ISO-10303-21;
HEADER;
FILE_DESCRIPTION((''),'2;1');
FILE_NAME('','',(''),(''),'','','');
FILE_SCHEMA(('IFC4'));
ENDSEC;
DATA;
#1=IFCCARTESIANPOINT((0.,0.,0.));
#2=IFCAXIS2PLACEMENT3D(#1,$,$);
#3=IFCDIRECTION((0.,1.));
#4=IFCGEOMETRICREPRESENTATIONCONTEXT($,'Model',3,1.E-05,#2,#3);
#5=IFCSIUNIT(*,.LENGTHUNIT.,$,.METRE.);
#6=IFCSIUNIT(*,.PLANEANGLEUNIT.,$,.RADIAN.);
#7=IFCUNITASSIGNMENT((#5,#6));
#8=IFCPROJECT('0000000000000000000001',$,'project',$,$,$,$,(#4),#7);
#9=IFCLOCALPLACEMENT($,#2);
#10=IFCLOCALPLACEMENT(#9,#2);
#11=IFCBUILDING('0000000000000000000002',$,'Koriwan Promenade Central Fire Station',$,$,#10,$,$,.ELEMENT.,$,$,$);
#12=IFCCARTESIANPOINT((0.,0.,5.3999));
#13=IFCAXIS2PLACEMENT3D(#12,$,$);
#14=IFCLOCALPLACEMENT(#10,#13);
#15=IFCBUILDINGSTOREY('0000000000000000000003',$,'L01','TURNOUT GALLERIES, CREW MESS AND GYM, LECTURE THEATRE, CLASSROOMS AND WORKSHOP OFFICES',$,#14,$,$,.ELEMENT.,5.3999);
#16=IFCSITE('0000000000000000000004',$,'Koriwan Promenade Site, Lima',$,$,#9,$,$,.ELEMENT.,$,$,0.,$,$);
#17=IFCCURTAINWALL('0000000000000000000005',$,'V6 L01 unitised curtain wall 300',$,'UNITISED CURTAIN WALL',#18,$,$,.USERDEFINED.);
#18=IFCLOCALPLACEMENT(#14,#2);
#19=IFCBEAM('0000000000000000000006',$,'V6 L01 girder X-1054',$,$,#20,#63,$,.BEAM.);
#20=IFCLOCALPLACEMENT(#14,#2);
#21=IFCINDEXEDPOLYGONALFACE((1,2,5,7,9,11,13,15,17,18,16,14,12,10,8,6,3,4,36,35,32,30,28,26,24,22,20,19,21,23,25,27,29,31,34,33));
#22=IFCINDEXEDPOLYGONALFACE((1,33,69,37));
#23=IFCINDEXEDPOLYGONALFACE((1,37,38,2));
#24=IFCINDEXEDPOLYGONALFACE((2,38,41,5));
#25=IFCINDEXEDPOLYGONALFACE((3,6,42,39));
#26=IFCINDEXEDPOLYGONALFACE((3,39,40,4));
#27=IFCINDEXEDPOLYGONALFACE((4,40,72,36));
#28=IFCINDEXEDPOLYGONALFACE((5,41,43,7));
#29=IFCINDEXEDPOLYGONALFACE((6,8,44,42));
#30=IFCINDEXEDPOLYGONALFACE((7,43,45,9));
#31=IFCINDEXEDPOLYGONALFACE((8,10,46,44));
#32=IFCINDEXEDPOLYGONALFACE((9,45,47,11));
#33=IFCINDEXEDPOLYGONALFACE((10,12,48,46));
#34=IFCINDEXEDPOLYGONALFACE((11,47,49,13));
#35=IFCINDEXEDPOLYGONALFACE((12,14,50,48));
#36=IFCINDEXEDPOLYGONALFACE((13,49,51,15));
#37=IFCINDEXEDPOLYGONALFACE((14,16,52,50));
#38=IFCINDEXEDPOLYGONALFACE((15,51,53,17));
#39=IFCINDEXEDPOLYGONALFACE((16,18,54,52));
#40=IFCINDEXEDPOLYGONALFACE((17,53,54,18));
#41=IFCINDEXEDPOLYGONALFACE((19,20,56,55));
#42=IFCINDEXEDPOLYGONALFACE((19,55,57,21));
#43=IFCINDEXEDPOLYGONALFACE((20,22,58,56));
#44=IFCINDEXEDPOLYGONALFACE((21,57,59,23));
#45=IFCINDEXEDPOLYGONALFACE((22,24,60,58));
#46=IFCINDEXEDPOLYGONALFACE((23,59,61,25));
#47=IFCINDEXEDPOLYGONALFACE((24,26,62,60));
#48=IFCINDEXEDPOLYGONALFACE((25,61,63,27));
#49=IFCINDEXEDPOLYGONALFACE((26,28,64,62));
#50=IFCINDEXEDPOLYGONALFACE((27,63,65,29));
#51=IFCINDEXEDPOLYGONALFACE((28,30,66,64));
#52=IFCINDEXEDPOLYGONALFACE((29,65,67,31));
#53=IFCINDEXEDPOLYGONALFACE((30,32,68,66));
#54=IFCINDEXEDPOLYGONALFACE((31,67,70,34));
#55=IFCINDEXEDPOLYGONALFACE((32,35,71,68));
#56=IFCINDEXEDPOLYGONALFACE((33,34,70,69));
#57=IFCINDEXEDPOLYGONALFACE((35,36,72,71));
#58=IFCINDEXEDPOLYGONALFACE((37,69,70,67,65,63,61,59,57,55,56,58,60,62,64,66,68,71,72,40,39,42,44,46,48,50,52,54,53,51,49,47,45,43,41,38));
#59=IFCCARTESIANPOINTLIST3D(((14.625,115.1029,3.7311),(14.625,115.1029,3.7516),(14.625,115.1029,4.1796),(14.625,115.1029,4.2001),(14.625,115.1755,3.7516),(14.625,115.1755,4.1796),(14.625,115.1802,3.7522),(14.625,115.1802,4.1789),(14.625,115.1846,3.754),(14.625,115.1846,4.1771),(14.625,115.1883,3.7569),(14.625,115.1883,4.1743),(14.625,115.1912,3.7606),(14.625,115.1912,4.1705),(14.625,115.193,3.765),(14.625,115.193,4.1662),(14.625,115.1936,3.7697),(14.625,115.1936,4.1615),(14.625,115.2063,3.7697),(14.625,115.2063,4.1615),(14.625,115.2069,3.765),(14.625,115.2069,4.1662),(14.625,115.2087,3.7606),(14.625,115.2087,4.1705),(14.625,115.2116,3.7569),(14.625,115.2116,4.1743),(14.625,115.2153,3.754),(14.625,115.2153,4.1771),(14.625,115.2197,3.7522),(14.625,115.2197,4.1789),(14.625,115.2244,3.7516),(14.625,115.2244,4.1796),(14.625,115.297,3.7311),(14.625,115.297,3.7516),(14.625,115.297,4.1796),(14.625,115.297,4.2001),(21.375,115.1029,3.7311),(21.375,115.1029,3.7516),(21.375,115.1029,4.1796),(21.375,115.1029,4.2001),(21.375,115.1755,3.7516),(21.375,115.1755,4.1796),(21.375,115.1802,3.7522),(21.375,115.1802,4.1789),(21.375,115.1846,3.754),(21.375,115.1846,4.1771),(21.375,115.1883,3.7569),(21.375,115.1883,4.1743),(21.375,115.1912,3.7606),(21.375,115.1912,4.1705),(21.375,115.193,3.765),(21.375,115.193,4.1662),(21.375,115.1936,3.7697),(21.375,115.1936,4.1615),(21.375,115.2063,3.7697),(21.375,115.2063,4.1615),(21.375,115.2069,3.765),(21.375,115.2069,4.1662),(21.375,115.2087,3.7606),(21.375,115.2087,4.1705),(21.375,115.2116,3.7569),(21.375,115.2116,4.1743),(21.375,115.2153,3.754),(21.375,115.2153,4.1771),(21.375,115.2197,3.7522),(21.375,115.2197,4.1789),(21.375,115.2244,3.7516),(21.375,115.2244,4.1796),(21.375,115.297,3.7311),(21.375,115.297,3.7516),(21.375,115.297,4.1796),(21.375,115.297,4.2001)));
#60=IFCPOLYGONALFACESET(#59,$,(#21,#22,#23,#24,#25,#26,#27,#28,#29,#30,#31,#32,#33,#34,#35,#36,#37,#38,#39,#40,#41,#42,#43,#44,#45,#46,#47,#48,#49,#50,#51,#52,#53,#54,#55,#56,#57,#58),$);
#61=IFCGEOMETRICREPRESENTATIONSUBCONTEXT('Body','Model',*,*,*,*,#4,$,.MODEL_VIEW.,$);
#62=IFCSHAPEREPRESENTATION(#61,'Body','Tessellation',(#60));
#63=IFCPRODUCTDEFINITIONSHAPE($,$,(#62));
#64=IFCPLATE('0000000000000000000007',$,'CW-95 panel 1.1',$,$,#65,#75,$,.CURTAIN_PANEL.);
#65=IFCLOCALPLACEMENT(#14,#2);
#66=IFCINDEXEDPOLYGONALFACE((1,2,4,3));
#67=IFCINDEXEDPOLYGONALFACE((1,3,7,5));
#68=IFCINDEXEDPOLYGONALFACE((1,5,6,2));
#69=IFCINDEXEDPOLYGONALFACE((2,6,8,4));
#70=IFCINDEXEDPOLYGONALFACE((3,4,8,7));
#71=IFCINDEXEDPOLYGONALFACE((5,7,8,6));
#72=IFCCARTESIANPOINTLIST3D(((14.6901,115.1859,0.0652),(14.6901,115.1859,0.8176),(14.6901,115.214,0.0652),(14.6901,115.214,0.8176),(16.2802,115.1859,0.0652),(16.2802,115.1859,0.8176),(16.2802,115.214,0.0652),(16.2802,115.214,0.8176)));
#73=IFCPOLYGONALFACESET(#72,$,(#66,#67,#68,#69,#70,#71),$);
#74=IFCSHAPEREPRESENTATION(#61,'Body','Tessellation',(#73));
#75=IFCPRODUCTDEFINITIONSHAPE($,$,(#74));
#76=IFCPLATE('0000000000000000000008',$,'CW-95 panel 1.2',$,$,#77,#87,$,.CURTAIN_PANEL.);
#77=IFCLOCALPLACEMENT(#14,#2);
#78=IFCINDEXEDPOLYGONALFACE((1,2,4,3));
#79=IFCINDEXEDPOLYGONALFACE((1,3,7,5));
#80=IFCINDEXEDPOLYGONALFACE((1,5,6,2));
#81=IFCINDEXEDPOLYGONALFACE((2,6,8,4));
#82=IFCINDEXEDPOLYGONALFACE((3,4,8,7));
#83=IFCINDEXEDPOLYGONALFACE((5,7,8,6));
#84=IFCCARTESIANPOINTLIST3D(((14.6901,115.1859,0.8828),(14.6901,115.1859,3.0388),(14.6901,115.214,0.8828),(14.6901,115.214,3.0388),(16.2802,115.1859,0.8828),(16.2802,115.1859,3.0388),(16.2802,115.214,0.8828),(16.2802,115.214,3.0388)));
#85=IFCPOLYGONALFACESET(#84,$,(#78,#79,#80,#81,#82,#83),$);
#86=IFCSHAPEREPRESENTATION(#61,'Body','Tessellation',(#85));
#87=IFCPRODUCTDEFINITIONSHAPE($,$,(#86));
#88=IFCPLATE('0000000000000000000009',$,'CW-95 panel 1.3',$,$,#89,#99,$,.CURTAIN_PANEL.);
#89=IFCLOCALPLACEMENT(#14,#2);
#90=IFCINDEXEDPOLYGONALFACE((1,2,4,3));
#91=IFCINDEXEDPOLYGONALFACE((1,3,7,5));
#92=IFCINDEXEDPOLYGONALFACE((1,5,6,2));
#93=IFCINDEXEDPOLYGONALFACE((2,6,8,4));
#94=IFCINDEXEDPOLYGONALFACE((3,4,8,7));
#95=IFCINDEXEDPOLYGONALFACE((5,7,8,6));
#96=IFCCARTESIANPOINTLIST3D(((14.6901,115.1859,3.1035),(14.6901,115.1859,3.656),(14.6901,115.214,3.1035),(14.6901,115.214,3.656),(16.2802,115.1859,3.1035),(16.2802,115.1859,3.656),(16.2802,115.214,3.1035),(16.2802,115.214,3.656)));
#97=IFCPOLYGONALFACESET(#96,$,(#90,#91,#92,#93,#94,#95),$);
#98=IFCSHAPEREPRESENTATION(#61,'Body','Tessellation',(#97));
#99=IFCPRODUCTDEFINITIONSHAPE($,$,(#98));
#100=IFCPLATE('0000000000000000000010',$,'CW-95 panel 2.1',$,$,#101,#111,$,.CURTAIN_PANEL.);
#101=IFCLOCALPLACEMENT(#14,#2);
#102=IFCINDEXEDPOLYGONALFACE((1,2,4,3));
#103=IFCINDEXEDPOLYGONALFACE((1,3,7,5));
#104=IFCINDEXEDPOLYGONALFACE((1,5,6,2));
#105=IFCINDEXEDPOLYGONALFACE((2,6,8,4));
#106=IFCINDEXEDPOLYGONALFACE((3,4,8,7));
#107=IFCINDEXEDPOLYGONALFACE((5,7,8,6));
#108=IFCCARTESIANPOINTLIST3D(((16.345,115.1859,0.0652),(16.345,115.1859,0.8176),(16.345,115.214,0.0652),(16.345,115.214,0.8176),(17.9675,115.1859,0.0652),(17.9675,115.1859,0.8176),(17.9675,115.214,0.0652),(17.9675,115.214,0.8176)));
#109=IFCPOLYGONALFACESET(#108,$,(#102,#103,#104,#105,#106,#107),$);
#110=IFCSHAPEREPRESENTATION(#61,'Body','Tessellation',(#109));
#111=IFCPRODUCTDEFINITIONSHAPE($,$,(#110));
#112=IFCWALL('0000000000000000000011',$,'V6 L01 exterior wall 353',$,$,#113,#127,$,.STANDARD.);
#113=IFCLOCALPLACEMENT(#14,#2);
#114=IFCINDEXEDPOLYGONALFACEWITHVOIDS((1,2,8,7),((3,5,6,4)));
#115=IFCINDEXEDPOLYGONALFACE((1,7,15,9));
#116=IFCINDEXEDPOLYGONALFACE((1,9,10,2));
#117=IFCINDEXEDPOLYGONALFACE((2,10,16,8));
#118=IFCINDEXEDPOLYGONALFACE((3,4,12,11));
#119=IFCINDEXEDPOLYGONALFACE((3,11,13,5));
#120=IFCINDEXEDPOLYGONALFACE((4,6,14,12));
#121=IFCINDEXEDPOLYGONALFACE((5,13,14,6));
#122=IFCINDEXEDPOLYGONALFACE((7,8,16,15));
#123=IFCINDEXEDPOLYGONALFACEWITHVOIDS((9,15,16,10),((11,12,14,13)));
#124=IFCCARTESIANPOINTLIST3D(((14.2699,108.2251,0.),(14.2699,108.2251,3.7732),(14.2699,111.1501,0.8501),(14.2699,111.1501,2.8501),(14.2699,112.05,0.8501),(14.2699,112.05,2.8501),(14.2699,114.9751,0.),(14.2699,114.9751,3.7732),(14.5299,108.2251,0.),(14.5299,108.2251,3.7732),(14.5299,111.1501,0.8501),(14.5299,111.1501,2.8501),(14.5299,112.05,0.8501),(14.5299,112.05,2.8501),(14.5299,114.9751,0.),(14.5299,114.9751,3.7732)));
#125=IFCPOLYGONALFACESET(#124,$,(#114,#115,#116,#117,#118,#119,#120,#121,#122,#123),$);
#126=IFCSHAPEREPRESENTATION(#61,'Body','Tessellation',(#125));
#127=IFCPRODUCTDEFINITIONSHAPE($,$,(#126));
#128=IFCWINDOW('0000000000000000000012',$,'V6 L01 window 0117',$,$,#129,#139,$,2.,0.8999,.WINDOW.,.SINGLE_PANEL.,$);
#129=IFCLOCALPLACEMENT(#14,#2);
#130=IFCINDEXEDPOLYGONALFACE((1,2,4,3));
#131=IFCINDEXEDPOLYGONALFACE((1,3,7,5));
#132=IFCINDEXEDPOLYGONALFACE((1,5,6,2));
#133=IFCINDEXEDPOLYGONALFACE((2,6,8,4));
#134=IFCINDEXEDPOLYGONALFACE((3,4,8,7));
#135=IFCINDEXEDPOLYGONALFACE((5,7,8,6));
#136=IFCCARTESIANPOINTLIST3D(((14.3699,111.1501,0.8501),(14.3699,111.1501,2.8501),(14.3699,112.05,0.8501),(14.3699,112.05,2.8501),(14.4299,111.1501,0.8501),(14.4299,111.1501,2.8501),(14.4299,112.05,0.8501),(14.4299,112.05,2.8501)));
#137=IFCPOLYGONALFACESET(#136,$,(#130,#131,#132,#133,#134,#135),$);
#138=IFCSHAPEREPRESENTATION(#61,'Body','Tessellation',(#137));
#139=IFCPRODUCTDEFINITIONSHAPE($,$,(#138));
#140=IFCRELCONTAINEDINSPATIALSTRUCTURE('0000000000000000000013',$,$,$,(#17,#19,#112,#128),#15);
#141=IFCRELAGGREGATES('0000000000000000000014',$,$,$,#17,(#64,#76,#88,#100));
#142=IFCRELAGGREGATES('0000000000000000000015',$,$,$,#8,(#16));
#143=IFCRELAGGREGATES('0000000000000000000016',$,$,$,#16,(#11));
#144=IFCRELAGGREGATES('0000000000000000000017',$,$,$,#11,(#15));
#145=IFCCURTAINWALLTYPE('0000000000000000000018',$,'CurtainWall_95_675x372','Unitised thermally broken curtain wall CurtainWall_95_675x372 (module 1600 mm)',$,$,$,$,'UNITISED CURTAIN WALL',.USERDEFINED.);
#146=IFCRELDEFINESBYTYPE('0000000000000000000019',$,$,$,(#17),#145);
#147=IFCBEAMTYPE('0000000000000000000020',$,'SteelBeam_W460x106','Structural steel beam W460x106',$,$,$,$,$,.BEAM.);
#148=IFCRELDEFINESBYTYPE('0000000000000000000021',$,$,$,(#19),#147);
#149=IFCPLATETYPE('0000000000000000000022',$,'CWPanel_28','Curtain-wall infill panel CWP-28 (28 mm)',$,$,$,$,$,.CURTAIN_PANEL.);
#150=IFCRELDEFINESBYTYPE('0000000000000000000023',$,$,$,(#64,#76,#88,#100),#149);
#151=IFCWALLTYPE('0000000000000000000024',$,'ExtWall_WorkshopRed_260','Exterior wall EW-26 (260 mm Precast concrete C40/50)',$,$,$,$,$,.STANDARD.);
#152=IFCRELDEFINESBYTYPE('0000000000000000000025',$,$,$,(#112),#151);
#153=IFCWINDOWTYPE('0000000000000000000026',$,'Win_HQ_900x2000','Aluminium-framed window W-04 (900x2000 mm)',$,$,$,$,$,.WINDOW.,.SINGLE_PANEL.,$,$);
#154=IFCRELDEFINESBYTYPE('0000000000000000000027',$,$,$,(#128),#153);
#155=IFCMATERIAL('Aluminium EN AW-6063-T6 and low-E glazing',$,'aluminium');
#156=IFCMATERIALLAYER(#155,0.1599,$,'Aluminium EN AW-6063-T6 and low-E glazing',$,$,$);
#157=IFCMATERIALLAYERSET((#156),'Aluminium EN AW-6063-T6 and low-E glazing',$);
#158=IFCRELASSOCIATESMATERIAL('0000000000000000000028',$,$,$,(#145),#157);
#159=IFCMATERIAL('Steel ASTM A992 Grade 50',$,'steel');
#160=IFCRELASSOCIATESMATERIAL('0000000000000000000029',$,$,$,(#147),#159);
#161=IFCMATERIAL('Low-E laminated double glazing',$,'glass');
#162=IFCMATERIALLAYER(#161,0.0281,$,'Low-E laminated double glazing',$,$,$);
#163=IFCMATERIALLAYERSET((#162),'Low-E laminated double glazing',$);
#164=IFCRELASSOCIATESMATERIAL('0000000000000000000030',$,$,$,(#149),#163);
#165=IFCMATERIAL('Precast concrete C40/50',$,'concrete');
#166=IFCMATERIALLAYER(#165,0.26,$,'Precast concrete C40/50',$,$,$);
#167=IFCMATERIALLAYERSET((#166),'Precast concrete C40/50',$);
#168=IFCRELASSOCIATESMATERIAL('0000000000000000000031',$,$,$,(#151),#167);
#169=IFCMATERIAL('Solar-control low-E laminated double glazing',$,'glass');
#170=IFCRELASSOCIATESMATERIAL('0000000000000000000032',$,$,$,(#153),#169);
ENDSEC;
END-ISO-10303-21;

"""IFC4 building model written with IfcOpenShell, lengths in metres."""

from ifc_helpers import new_model, si_unit, direction, frame, frame_2d, origin, origin_2d, place, context, subcontext, project, spatial, rectangle, i_section, extrude, material, layer, layer_set, material_profile, profile_set, type_object, element, fill, aggregate, save


model = new_model("IFC4")

# Units and contexts
model_context = context("Model", 3, precision=1e-05, world=origin(), true_north=direction((0.0, 1.0)))
body_context = subcontext(model_context, "Body", "Model", "MODEL_VIEW")
ifc_project = project(units=[si_unit("LENGTHUNIT", "METRE"), si_unit("PLANEANGLEUNIT", "RADIAN")], contexts=[model_context])

# Site, building, storey
site_placement = place(None, origin())
site = spatial("IfcSite", under=ifc_project, at=site_placement, Name="Koriwan Promenade Site, Lima", CompositionType="ELEMENT", RefElevation=0.0)
building_placement = place(site_placement, origin())
building = spatial("IfcBuilding", under=site, at=building_placement, Name="Koriwan Promenade Central Fire Station", CompositionType="ELEMENT")
storey_placement = place(building_placement, frame((0.0, 0.0, 5.3999)))
storey = spatial("IfcBuildingStorey", under=building, at=storey_placement, Name="L01", Description="TURNOUT GALLERIES, CREW MESS AND GYM, LECTURE THEATRE, CLASSROOMS AND WORKSHOP OFFICES", CompositionType="ELEMENT", Elevation=5.3999)

# Curtain wall
ifc_material_1 = material(Name="Aluminium EN AW-6063-T6 and low-E glazing", Category="aluminium")
ifc_layer_1 = layer(ifc_material_1, 0.1599, Name="Aluminium EN AW-6063-T6 and low-E glazing")
ifc_layer_set_1 = layer_set([ifc_layer_1], Name="Aluminium EN AW-6063-T6 and low-E glazing")
curtain_wall_type = type_object("IfcCurtainWallType", Name="CurtainWall_95_675x372", Description="Unitised thermally broken curtain wall CurtainWall_95_675x372 (module 1600 mm)", ElementType="UNITISED CURTAIN WALL", PredefinedType="USERDEFINED", material=ifc_layer_set_1)
curtain_wall_placement = place(storey_placement, origin())
curtain_wall = element("IfcCurtainWall", 1, at=curtain_wall_placement, inside=storey, type_object=curtain_wall_type, Name="V6 L01 unitised curtain wall 300", ObjectType="UNITISED CURTAIN WALL", PredefinedType="USERDEFINED")

# Beam
ifc_material_2 = material(Name="Steel ASTM A992 Grade 50", Category="steel")
ifc_material_profile_1 = material_profile(ifc_material_2, i_section(OverallWidth=0.1941, OverallDepth=0.469, WebThickness=0.0127, FlangeThickness=0.0205, FilletRadius=0.0181, at=origin_2d()), Name="W460x106")
ifc_profile_set_1 = profile_set([ifc_material_profile_1], Name="Steel ASTM A992 Grade 50")
beam_type = type_object("IfcBeamType", Name="SteelBeam_W460x106", Description="Structural steel beam W460x106", PredefinedType="BEAM", material=ifc_profile_set_1)
beam_placement = place(storey_placement, frame((14.625, 115.2, 3.9656), z_axis=(1.0, 0.0, 0.0), x_axis=(0.0, 1.0, 0.0)))
element("IfcBeam", 2, at=beam_placement, inside=storey, type_object=beam_type, Name="V6 L01 girder X-1054", PredefinedType="BEAM", context=body_context, shape_type="SweptSolid", body=[
    extrude(i_section(OverallWidth=0.1941, OverallDepth=0.469, WebThickness=0.0127, FlangeThickness=0.0205, FilletRadius=0.0181, at=origin_2d()), origin(), (0.0, 0.0, 1.0), 6.75),
])

# Plates
ifc_material_3 = material(Name="Low-E laminated double glazing", Category="glass")
ifc_layer_2 = layer(ifc_material_3, 0.0281, Name="Low-E laminated double glazing")
ifc_layer_set_2 = layer_set([ifc_layer_2], Name="Low-E laminated double glazing")
plate_type = type_object("IfcPlateType", Name="CWPanel_28", Description="Curtain-wall infill panel CWP-28 (28 mm)", PredefinedType="CURTAIN_PANEL", material=ifc_layer_set_2)
plate_1_placement = place(storey_placement, frame((15.4851, 115.2, 0.0652), z_axis=(0.0, 0.0, 1.0), x_axis=(1.0, 0.0, 0.0)))
plate_1 = element("IfcPlate", 3, at=plate_1_placement, type_object=plate_type, Name="CW-95 panel 1.1", PredefinedType="CURTAIN_PANEL", context=body_context, shape_type="SweptSolid", body=[
    extrude(rectangle(XDim=1.5901, YDim=0.0281, at=origin_2d()), origin(), (0.0, 0.0, 1.0), 0.7524),
])
plate_2_placement = place(storey_placement, frame((15.4851, 115.2, 0.8828), z_axis=(0.0, 0.0, 1.0), x_axis=(1.0, 0.0, 0.0)))
plate_2 = element("IfcPlate", 4, at=plate_2_placement, type_object=plate_type, Name="CW-95 panel 1.2", PredefinedType="CURTAIN_PANEL", context=body_context, shape_type="SweptSolid", body=[
    extrude(rectangle(XDim=1.5901, YDim=0.0281, at=origin_2d()), origin(), (0.0, 0.0, 1.0), 2.156),
])
plate_3_placement = place(storey_placement, frame((15.4851, 115.2, 3.1035), z_axis=(0.0, 0.0, 1.0), x_axis=(1.0, 0.0, 0.0)))
plate_3 = element("IfcPlate", 5, at=plate_3_placement, type_object=plate_type, Name="CW-95 panel 1.3", PredefinedType="CURTAIN_PANEL", context=body_context, shape_type="SweptSolid", body=[
    extrude(rectangle(XDim=1.5901, YDim=0.0281, at=origin_2d()), origin(), (0.0, 0.0, 1.0), 0.5525),
])
plate_4_placement = place(storey_placement, frame((17.1562, 115.2, 0.0652), z_axis=(0.0, 0.0, 1.0), x_axis=(1.0, 0.0, 0.0)))
plate_4 = element("IfcPlate", 6, at=plate_4_placement, type_object=plate_type, Name="CW-95 panel 2.1", PredefinedType="CURTAIN_PANEL", context=body_context, shape_type="SweptSolid", body=[
    extrude(rectangle(XDim=1.6226, YDim=0.0281, at=origin_2d()), origin(), (0.0, 0.0, 1.0), 0.7524),
])
aggregate(curtain_wall, [plate_1, plate_2, plate_3, plate_4])

# Wall, opening, window
ifc_material_4 = material(Name="Precast concrete C40/50", Category="concrete")
ifc_layer_3 = layer(ifc_material_4, 0.26, Name="Precast concrete C40/50")
ifc_layer_set_3 = layer_set([ifc_layer_3], Name="Precast concrete C40/50")
wall_type = type_object("IfcWallType", Name="ExtWall_WorkshopRed_260", Description="Exterior wall EW-26 (260 mm Precast concrete C40/50)", PredefinedType="STANDARD", material=ifc_layer_set_3)
wall_placement = place(storey_placement, frame((14.3999, 108.2251, 0.0), z_axis=(0.0, 0.0, 1.0), x_axis=(0.0, 1.0, 0.0)))
wall = element("IfcWall", 7, at=wall_placement, inside=storey, type_object=wall_type, Name="V6 L01 exterior wall 353", PredefinedType="STANDARD", context=body_context, shape_type="SweptSolid", body=[
    extrude(rectangle(XDim=6.75, YDim=0.26, at=frame_2d((3.375, 0.0))), origin(), (0.0, 0.0, 1.0), 3.7732),
])
opening_placement = place(wall_placement, frame((2.925, 0.0, 0.8501)))
opening = element("IfcOpeningElement", 8, at=opening_placement, cuts=wall, PredefinedType="OPENING", context=body_context, shape_type="SweptSolid", body=[
    extrude(rectangle(XDim=0.8999, YDim=2.0, at=frame_2d((0.45, 1.0))), frame((0.0, 0.1421, 0.0), z_axis=(0.0, -1.0, 0.0), x_axis=(1.0, 0.0, 0.0)), (0.0, 0.0, 1.0), 0.2839),
])
ifc_material_5 = material(Name="Solar-control low-E laminated double glazing", Category="glass")
window_type = type_object("IfcWindowType", Name="Win_HQ_900x2000", Description="Aluminium-framed window W-04 (900x2000 mm)", PartitioningType="SINGLE_PANEL", PredefinedType="WINDOW", material=ifc_material_5)
window_placement = place(opening_placement, origin())
window = element("IfcWindow", 9, at=window_placement, inside=storey, type_object=window_type, Name="V6 L01 window 0117", OverallHeight=2.0, OverallWidth=0.8999, PartitioningType="SINGLE_PANEL", PredefinedType="WINDOW", context=body_context, shape_type="SweptSolid", body=[
    extrude(rectangle(XDim=0.8999, YDim=2.0, at=frame_2d((0.45, 1.0))), frame((0.0, 0.03, 0.0), z_axis=(0.0, -1.0, 0.0), x_axis=(1.0, 0.0, 0.0)), (0.0, 0.0, 1.0), 0.0601),
])
fill(opening, window)

save(model, "model.ifc")
